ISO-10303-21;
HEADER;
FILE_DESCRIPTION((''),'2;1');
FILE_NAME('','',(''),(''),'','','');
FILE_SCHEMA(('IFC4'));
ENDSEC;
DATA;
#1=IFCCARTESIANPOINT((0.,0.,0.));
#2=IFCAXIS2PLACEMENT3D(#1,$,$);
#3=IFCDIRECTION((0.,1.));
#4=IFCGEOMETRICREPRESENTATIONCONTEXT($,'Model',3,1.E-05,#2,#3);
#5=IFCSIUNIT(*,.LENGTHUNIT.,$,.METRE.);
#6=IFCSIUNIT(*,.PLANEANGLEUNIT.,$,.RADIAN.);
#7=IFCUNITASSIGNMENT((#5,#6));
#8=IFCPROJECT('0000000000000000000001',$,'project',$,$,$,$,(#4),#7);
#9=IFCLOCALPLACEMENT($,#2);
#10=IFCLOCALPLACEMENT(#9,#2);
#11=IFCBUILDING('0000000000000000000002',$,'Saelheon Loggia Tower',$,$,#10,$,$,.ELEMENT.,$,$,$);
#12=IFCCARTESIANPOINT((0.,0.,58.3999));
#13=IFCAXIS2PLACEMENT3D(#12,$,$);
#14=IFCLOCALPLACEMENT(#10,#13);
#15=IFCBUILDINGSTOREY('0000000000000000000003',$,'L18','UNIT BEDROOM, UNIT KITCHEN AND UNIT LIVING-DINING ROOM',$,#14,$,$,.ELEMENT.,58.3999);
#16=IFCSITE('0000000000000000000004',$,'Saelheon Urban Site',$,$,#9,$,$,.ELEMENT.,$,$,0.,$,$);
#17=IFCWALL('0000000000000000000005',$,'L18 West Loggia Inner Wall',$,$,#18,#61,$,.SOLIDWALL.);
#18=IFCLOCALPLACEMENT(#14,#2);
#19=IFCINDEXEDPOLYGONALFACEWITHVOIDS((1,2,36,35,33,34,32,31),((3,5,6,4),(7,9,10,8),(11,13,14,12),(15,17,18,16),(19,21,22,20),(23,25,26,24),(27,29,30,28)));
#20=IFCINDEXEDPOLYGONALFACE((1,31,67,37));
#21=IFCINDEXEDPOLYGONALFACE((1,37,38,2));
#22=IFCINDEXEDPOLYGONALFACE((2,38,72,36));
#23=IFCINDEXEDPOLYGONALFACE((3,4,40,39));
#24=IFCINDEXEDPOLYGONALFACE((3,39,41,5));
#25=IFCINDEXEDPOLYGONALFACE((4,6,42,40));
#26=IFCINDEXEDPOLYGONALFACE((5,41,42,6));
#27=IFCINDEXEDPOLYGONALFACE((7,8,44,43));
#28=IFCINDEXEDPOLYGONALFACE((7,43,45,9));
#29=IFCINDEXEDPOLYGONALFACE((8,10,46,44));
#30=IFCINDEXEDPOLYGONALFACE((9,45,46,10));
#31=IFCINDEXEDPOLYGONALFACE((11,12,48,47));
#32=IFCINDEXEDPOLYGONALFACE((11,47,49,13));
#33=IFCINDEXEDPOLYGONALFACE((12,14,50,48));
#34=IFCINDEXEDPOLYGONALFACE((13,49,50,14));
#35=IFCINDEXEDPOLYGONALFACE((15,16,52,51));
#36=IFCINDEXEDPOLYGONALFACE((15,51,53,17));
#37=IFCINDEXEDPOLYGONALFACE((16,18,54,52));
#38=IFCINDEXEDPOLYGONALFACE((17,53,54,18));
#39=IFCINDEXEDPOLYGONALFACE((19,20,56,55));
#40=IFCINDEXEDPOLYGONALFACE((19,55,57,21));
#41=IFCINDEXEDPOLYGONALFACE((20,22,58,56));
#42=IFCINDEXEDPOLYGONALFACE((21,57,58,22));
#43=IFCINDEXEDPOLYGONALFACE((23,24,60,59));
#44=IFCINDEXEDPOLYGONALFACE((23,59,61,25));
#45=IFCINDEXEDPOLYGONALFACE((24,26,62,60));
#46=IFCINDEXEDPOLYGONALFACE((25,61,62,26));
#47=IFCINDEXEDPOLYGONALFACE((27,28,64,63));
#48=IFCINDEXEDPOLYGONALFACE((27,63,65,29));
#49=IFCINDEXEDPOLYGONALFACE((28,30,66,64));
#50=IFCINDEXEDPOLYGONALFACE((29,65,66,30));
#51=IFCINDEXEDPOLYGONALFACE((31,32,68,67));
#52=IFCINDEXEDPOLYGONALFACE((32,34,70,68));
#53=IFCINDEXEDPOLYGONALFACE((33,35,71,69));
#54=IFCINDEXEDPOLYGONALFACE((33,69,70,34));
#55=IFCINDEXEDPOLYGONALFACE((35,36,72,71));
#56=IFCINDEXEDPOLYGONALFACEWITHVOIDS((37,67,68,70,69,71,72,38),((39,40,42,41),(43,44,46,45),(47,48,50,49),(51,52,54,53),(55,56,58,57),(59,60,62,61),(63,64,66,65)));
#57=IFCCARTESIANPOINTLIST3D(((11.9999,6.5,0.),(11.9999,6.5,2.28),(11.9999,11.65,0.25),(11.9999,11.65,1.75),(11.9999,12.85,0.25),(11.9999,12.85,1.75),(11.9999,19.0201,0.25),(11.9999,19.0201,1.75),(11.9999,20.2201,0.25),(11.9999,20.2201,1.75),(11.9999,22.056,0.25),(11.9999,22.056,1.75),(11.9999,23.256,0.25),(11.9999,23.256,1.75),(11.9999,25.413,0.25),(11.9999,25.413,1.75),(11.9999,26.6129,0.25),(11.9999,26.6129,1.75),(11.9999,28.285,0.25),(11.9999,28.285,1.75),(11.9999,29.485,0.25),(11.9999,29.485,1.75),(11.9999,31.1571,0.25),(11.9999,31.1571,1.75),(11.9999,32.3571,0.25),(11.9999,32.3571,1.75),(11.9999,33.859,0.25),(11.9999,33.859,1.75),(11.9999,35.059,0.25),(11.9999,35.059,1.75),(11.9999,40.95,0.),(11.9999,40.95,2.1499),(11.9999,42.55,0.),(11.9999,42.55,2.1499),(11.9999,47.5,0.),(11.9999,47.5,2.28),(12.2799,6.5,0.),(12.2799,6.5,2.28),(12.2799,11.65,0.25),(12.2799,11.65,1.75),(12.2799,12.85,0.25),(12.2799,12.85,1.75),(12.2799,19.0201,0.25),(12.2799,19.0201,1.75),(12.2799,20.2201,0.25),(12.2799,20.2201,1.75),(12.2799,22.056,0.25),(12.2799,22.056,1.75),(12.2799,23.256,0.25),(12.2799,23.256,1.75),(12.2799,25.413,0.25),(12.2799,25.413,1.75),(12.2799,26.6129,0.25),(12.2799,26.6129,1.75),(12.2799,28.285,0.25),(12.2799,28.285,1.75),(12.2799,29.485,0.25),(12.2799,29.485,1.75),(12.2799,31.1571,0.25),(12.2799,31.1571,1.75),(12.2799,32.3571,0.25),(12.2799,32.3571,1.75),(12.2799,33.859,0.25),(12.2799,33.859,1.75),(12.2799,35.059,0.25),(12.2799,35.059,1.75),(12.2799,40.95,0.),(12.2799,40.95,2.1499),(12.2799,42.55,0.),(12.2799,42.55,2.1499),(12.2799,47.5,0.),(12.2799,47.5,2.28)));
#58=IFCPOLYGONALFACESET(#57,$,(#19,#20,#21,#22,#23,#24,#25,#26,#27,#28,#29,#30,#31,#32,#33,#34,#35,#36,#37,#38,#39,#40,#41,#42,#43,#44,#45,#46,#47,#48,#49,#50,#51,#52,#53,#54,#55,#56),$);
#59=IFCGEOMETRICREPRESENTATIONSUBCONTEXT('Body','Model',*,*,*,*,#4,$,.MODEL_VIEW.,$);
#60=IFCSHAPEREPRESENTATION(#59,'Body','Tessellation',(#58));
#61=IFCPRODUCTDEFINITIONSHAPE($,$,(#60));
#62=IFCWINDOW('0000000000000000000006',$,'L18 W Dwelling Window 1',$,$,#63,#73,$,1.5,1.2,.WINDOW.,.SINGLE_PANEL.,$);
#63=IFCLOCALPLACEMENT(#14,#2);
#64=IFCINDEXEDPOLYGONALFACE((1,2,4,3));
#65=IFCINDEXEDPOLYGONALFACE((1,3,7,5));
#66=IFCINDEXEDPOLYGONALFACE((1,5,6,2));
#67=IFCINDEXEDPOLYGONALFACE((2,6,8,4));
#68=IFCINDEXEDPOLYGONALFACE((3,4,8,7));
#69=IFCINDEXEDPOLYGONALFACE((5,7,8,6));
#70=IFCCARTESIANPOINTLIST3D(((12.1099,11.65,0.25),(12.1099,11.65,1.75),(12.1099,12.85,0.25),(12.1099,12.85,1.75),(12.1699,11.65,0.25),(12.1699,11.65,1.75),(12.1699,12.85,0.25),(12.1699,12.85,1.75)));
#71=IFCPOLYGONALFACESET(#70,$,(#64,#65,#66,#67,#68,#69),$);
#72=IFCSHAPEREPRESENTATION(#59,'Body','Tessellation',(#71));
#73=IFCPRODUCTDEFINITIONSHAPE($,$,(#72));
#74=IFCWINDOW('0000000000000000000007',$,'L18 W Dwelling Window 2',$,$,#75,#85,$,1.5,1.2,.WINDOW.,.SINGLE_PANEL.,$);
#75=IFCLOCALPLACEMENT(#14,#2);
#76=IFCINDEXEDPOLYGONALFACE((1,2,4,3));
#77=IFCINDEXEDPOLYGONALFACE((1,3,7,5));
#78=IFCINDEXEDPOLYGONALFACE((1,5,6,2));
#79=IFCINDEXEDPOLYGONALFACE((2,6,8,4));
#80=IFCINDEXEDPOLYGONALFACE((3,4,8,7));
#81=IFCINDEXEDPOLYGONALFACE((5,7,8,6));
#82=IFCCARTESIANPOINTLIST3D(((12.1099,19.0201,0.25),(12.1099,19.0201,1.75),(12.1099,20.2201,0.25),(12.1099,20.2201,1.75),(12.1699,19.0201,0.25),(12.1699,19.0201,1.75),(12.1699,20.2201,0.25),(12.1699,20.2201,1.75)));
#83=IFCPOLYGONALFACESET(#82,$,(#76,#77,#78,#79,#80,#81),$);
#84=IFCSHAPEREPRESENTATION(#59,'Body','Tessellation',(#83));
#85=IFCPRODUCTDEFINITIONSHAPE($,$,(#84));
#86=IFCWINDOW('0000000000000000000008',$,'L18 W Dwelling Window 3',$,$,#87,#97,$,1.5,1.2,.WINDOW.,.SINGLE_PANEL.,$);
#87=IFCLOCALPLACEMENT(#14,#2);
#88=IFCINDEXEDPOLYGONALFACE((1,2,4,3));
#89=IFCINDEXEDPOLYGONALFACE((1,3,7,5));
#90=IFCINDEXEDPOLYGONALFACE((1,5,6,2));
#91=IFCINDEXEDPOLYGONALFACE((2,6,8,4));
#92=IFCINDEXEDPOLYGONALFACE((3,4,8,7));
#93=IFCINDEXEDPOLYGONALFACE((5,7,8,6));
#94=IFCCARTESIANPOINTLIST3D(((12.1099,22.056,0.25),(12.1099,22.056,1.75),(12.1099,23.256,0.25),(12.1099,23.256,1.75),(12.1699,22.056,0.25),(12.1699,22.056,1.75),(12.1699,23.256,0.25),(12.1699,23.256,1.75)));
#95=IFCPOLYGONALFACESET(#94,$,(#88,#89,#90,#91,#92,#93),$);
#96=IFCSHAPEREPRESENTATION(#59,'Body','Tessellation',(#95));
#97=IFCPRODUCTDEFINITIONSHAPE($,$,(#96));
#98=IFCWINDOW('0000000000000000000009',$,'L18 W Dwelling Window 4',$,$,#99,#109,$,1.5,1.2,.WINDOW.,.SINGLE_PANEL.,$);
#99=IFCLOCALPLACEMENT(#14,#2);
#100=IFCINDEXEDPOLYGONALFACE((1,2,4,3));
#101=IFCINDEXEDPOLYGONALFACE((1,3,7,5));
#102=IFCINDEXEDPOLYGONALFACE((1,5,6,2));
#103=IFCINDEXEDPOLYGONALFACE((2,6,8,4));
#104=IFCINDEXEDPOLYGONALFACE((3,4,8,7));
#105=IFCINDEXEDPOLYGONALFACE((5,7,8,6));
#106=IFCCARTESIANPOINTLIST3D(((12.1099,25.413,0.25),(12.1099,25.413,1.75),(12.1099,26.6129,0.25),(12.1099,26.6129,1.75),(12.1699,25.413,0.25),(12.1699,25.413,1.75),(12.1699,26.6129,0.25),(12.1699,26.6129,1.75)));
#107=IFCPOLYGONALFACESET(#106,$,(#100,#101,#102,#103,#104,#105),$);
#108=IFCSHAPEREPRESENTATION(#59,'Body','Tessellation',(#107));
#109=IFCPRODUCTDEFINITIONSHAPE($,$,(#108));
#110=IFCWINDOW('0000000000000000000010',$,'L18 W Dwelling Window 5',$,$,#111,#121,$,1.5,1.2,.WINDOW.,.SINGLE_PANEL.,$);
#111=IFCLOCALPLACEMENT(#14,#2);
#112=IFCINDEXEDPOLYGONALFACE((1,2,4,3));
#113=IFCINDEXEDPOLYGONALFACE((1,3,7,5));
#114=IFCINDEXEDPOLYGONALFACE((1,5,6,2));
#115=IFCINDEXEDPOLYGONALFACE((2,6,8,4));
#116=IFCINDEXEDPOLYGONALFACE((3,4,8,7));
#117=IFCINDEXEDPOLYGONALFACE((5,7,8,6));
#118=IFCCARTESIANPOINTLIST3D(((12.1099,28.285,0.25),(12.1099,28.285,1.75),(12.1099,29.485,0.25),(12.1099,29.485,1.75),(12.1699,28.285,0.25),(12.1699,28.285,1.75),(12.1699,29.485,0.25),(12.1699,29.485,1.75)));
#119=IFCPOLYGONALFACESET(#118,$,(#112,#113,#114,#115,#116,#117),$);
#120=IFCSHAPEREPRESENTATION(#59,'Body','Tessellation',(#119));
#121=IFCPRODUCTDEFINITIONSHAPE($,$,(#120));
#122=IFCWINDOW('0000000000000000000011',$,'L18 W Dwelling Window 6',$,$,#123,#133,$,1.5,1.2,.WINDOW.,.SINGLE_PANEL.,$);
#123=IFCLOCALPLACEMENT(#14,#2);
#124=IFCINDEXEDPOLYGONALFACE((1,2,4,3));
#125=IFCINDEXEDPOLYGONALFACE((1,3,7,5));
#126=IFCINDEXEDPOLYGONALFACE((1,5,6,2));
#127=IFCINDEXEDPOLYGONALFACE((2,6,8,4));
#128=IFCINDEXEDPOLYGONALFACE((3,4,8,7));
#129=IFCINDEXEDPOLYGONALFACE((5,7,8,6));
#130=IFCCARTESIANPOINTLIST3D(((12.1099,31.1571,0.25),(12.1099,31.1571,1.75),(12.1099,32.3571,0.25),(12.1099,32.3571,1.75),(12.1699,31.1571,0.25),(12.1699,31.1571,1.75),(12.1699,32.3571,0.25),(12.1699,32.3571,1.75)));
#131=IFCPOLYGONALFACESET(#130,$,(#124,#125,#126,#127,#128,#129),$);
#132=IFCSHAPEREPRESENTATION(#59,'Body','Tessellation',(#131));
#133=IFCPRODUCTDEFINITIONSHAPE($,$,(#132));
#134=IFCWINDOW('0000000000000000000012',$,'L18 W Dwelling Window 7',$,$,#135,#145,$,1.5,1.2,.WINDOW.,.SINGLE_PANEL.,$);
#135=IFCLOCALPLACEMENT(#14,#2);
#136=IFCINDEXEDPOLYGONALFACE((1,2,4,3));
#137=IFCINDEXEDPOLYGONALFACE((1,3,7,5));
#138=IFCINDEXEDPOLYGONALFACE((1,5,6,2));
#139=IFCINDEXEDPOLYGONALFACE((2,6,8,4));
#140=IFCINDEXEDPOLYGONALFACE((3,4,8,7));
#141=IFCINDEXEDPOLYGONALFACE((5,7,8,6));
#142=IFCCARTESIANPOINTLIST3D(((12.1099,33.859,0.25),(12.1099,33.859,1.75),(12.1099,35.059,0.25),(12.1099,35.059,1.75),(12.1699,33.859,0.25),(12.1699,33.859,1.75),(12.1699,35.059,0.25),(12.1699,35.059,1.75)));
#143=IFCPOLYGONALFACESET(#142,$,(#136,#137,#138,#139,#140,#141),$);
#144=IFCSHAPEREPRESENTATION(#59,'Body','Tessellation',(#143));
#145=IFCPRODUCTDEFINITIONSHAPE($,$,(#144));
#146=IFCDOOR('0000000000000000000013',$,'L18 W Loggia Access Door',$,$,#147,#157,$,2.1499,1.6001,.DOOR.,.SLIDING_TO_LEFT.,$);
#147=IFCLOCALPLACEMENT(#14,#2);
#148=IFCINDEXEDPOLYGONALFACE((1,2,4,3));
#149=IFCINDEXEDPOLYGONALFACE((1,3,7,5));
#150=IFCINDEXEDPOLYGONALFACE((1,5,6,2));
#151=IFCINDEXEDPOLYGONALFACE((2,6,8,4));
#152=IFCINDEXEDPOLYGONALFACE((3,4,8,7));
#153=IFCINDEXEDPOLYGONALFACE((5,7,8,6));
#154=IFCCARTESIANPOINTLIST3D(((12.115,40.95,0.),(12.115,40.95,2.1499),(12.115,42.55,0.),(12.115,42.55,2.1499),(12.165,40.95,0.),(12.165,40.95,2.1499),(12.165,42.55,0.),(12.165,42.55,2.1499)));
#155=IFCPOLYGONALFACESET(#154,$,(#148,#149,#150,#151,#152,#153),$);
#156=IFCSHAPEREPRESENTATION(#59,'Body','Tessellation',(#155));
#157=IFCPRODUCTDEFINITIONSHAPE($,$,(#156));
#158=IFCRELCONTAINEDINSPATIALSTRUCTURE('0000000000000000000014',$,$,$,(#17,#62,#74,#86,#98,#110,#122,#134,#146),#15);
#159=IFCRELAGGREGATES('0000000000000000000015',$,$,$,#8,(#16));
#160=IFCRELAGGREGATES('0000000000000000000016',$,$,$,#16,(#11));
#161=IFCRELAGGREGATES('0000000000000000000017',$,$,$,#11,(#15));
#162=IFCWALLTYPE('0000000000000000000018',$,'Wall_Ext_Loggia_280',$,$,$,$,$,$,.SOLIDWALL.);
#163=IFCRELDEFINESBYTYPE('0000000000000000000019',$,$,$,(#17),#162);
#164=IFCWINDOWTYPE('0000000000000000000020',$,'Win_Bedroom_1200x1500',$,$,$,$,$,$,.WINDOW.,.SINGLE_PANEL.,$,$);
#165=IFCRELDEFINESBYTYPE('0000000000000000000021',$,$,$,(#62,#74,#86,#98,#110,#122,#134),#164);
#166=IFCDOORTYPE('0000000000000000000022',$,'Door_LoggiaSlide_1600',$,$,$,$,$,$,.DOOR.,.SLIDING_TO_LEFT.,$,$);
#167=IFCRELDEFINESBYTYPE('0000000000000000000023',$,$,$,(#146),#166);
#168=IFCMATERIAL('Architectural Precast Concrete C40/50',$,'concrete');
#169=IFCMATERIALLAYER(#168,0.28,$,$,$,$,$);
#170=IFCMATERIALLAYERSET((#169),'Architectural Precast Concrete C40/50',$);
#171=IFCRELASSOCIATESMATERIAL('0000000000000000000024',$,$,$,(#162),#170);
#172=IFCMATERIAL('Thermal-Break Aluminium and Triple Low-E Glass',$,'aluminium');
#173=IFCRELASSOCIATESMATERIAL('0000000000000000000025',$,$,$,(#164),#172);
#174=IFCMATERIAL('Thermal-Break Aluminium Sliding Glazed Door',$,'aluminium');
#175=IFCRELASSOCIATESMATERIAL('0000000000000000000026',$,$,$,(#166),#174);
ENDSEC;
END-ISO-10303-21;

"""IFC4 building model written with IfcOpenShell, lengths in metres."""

from ifc_helpers import new_model, si_unit, direction, frame, frame_2d, origin, place, context, subcontext, project, spatial, rectangle, extrude, source, transform, mapped, material, layer, layer_set, type_object, element, fill, save


model = new_model("IFC4")

# Units and contexts
model_context = context("Model", 3, precision=1e-05, world=origin(), true_north=direction((0.0, 1.0)))
body_context = subcontext(model_context, "Body", "Model", "MODEL_VIEW")
ifc_project = project(units=[si_unit("LENGTHUNIT", "METRE"), si_unit("PLANEANGLEUNIT", "RADIAN")], contexts=[model_context])

# Site, building, storey
site_placement = place(None, origin())
site = spatial("IfcSite", under=ifc_project, at=site_placement, Name="Saelheon Urban Site", CompositionType="ELEMENT", RefElevation=0.0)
building_placement = place(site_placement, origin())
building = spatial("IfcBuilding", under=site, at=building_placement, Name="Saelheon Loggia Tower", CompositionType="ELEMENT")
storey_placement = place(building_placement, frame((0.0, 0.0, 58.3999)))
storey = spatial("IfcBuildingStorey", under=building, at=storey_placement, Name="L18", Description="UNIT BEDROOM, UNIT KITCHEN AND UNIT LIVING-DINING ROOM", CompositionType="ELEMENT", Elevation=58.3999)

# Wall, openings, windows, door
ifc_material_1 = material(Name="Architectural Precast Concrete C40/50", Category="concrete")
ifc_layer_1 = layer(ifc_material_1, 0.28)
ifc_layer_set_1 = layer_set([ifc_layer_1], Name="Architectural Precast Concrete C40/50")
wall_type_1 = type_object("IfcWallType", Name="Wall_Ext_Loggia_280", PredefinedType="SOLIDWALL", material=ifc_layer_set_1)
wall_1_placement = place(storey_placement, frame((12.1399, 6.5, 0.0), z_axis=(0.0, 0.0, 1.0), x_axis=(0.0, 1.0, 0.0)))
wall_1 = element("IfcWall", 1, at=wall_1_placement, inside=storey, type_object=wall_type_1, Name="L18 West Loggia Inner Wall", PredefinedType="SOLIDWALL", context=body_context, shape_type="SweptSolid", body=[
    extrude(rectangle(XDim=41.0, YDim=0.28, at=frame_2d((20.5, 0.0))), origin(), (0.0, 0.0, 1.0), 2.28),
])
opening_1_placement = place(wall_1_placement, frame((5.1499, 0.0, 0.25)))
opening_1 = element("IfcOpeningElement", 2, at=opening_1_placement, cuts=wall_1, PredefinedType="OPENING", context=body_context, shape_type="SweptSolid", body=[
    extrude(rectangle(XDim=1.2, YDim=1.5, at=frame_2d((0.6001, 0.75))), frame((0.0, 0.1521, 0.0), z_axis=(0.0, -1.0, 0.0), x_axis=(1.0, 0.0, 0.0)), (0.0, 0.0, 1.0), 0.304),
])
opening_2_placement = place(wall_1_placement, frame((12.52, 0.0, 0.25)))
opening_2 = element("IfcOpeningElement", 3, at=opening_2_placement, cuts=wall_1, PredefinedType="OPENING", context=body_context, shape_type="SweptSolid", body=[
    extrude(rectangle(XDim=1.2, YDim=1.5, at=frame_2d((0.6001, 0.75))), frame((0.0, 0.1521, 0.0), z_axis=(0.0, -1.0, 0.0), x_axis=(1.0, 0.0, 0.0)), (0.0, 0.0, 1.0), 0.304),
])
opening_3_placement = place(wall_1_placement, frame((15.5559, 0.0, 0.25)))
opening_3 = element("IfcOpeningElement", 4, at=opening_3_placement, cuts=wall_1, PredefinedType="OPENING", context=body_context, shape_type="SweptSolid", body=[
    extrude(rectangle(XDim=1.2, YDim=1.5, at=frame_2d((0.6001, 0.75))), frame((0.0, 0.1521, 0.0), z_axis=(0.0, -1.0, 0.0), x_axis=(1.0, 0.0, 0.0)), (0.0, 0.0, 1.0), 0.304),
])
opening_4_placement = place(wall_1_placement, frame((18.9128, 0.0, 0.25)))
opening_4 = element("IfcOpeningElement", 5, at=opening_4_placement, cuts=wall_1, PredefinedType="OPENING", context=body_context, shape_type="SweptSolid", body=[
    extrude(rectangle(XDim=1.2, YDim=1.5, at=frame_2d((0.6001, 0.75))), frame((0.0, 0.1521, 0.0), z_axis=(0.0, -1.0, 0.0), x_axis=(1.0, 0.0, 0.0)), (0.0, 0.0, 1.0), 0.304),
])
opening_5_placement = place(wall_1_placement, frame((21.7849, 0.0, 0.25)))
opening_5 = element("IfcOpeningElement", 6, at=opening_5_placement, cuts=wall_1, PredefinedType="OPENING", context=body_context, shape_type="SweptSolid", body=[
    extrude(rectangle(XDim=1.2, YDim=1.5, at=frame_2d((0.6001, 0.75))), frame((0.0, 0.1521, 0.0), z_axis=(0.0, -1.0, 0.0), x_axis=(1.0, 0.0, 0.0)), (0.0, 0.0, 1.0), 0.304),
])
opening_6_placement = place(wall_1_placement, frame((24.657, 0.0, 0.25)))
opening_6 = element("IfcOpeningElement", 7, at=opening_6_placement, cuts=wall_1, PredefinedType="OPENING", context=body_context, shape_type="SweptSolid", body=[
    extrude(rectangle(XDim=1.2, YDim=1.5, at=frame_2d((0.6001, 0.75))), frame((0.0, 0.1521, 0.0), z_axis=(0.0, -1.0, 0.0), x_axis=(1.0, 0.0, 0.0)), (0.0, 0.0, 1.0), 0.304),
])
opening_7_placement = place(wall_1_placement, frame((27.3589, 0.0, 0.25)))
opening_7 = element("IfcOpeningElement", 8, at=opening_7_placement, cuts=wall_1, PredefinedType="OPENING", context=body_context, shape_type="SweptSolid", body=[
    extrude(rectangle(XDim=1.2, YDim=1.5, at=frame_2d((0.6001, 0.75))), frame((0.0, 0.1521, 0.0), z_axis=(0.0, -1.0, 0.0), x_axis=(1.0, 0.0, 0.0)), (0.0, 0.0, 1.0), 0.304),
])
opening_8_placement = place(wall_1_placement, frame((34.45, 0.0, 0.0)))
opening_8 = element("IfcOpeningElement", 9, at=opening_8_placement, cuts=wall_1, PredefinedType="OPENING", context=body_context, shape_type="SweptSolid", body=[
    extrude(rectangle(XDim=1.6001, YDim=2.1499, at=frame_2d((0.8, 1.075))), frame((0.0, 0.1521, 0.0), z_axis=(0.0, -1.0, 0.0), x_axis=(1.0, 0.0, 0.0)), (0.0, 0.0, 1.0), 0.304),
])
ifc_material_2 = material(Name="Thermal-Break Aluminium and Triple Low-E Glass", Category="aluminium")
window_type = type_object("IfcWindowType", Name="Win_Bedroom_1200x1500", PartitioningType="SINGLE_PANEL", PredefinedType="WINDOW", material=ifc_material_2)
shared_shape_1 = source(origin(), body_context, "Body", "SweptSolid", [
    extrude(rectangle(XDim=1.2, YDim=1.5, at=frame_2d((0.6001, 0.75))), frame((0.0, 0.03, 0.0), z_axis=(0.0, -1.0, 0.0), x_axis=(1.0, 0.0, 0.0)), (0.0, 0.0, 1.0), 0.0601),
])
window_1_placement = place(opening_1_placement, origin())
window_1 = element("IfcWindow", 10, at=window_1_placement, inside=storey, type_object=window_type, Name="L18 W Dwelling Window 1", OverallHeight=1.5, OverallWidth=1.2, PartitioningType="SINGLE_PANEL", PredefinedType="WINDOW", context=body_context, shape_type="MappedRepresentation", body=[
    mapped(shared_shape_1, transform((0.0, 0.0, 0.0), scale=1.0)),
])
fill(opening_1, window_1)
window_2_placement = place(opening_2_placement, origin())
window_2 = element("IfcWindow", 11, at=window_2_placement, inside=storey, type_object=window_type, Name="L18 W Dwelling Window 2", OverallHeight=1.5, OverallWidth=1.2, PartitioningType="SINGLE_PANEL", PredefinedType="WINDOW", context=body_context, shape_type="MappedRepresentation", body=[
    mapped(shared_shape_1, transform((0.0, 0.0, 0.0), scale=1.0)),
])
fill(opening_2, window_2)
window_3_placement = place(opening_3_placement, origin())
window_3 = element("IfcWindow", 12, at=window_3_placement, inside=storey, type_object=window_type, Name="L18 W Dwelling Window 3", OverallHeight=1.5, OverallWidth=1.2, PartitioningType="SINGLE_PANEL", PredefinedType="WINDOW", context=body_context, shape_type="MappedRepresentation", body=[
    mapped(shared_shape_1, transform((0.0, 0.0, 0.0), scale=1.0)),
])
fill(opening_3, window_3)
window_4_placement = place(opening_4_placement, origin())
window_4 = element("IfcWindow", 13, at=window_4_placement, inside=storey, type_object=window_type, Name="L18 W Dwelling Window 4", OverallHeight=1.5, OverallWidth=1.2, PartitioningType="SINGLE_PANEL", PredefinedType="WINDOW", context=body_context, shape_type="MappedRepresentation", body=[
    mapped(shared_shape_1, transform((0.0, 0.0, 0.0), scale=1.0)),
])
fill(opening_4, window_4)
window_5_placement = place(opening_5_placement, origin())
window_5 = element("IfcWindow", 14, at=window_5_placement, inside=storey, type_object=window_type, Name="L18 W Dwelling Window 5", OverallHeight=1.5, OverallWidth=1.2, PartitioningType="SINGLE_PANEL", PredefinedType="WINDOW", context=body_context, shape_type="MappedRepresentation", body=[
    mapped(shared_shape_1, transform((0.0, 0.0, 0.0), scale=1.0)),
])
fill(opening_5, window_5)
window_6_placement = place(opening_6_placement, origin())
window_6 = element("IfcWindow", 15, at=window_6_placement, inside=storey, type_object=window_type, Name="L18 W Dwelling Window 6", OverallHeight=1.5, OverallWidth=1.2, PartitioningType="SINGLE_PANEL", PredefinedType="WINDOW", context=body_context, shape_type="MappedRepresentation", body=[
    mapped(shared_shape_1, transform((0.0, 0.0, 0.0), scale=1.0)),
])
fill(opening_6, window_6)
window_7_placement = place(opening_7_placement, origin())
window_7 = element("IfcWindow", 16, at=window_7_placement, inside=storey, type_object=window_type, Name="L18 W Dwelling Window 7", OverallHeight=1.5, OverallWidth=1.2, PartitioningType="SINGLE_PANEL", PredefinedType="WINDOW", context=body_context, shape_type="MappedRepresentation", body=[
    mapped(shared_shape_1, transform((0.0, 0.0, 0.0), scale=1.0)),
])
fill(opening_7, window_7)
ifc_material_3 = material(Name="Thermal-Break Aluminium Sliding Glazed Door", Category="aluminium")
door_type = type_object("IfcDoorType", Name="Door_LoggiaSlide_1600", OperationType="SLIDING_TO_LEFT", PredefinedType="DOOR", material=ifc_material_3)
shared_shape_2 = source(origin(), body_context, "Body", "SweptSolid", [
    extrude(rectangle(XDim=1.6001, YDim=2.1499, at=frame_2d((0.8, 1.075))), frame((0.0, 0.0249, 0.0), z_axis=(0.0, -1.0, 0.0), x_axis=(1.0, 0.0, 0.0)), (0.0, 0.0, 1.0), 0.05),
])
door_placement = place(opening_8_placement, origin())
door = element("IfcDoor", 17, at=door_placement, inside=storey, type_object=door_type, Name="L18 W Loggia Access Door", OperationType="SLIDING_TO_LEFT", OverallHeight=2.1499, OverallWidth=1.6001, PredefinedType="DOOR", context=body_context, shape_type="MappedRepresentation", body=[
    mapped(shared_shape_2, transform((0.0, 0.0, 0.0), scale=1.0)),
])
fill(opening_8, door)

save(model, "model.ifc")
